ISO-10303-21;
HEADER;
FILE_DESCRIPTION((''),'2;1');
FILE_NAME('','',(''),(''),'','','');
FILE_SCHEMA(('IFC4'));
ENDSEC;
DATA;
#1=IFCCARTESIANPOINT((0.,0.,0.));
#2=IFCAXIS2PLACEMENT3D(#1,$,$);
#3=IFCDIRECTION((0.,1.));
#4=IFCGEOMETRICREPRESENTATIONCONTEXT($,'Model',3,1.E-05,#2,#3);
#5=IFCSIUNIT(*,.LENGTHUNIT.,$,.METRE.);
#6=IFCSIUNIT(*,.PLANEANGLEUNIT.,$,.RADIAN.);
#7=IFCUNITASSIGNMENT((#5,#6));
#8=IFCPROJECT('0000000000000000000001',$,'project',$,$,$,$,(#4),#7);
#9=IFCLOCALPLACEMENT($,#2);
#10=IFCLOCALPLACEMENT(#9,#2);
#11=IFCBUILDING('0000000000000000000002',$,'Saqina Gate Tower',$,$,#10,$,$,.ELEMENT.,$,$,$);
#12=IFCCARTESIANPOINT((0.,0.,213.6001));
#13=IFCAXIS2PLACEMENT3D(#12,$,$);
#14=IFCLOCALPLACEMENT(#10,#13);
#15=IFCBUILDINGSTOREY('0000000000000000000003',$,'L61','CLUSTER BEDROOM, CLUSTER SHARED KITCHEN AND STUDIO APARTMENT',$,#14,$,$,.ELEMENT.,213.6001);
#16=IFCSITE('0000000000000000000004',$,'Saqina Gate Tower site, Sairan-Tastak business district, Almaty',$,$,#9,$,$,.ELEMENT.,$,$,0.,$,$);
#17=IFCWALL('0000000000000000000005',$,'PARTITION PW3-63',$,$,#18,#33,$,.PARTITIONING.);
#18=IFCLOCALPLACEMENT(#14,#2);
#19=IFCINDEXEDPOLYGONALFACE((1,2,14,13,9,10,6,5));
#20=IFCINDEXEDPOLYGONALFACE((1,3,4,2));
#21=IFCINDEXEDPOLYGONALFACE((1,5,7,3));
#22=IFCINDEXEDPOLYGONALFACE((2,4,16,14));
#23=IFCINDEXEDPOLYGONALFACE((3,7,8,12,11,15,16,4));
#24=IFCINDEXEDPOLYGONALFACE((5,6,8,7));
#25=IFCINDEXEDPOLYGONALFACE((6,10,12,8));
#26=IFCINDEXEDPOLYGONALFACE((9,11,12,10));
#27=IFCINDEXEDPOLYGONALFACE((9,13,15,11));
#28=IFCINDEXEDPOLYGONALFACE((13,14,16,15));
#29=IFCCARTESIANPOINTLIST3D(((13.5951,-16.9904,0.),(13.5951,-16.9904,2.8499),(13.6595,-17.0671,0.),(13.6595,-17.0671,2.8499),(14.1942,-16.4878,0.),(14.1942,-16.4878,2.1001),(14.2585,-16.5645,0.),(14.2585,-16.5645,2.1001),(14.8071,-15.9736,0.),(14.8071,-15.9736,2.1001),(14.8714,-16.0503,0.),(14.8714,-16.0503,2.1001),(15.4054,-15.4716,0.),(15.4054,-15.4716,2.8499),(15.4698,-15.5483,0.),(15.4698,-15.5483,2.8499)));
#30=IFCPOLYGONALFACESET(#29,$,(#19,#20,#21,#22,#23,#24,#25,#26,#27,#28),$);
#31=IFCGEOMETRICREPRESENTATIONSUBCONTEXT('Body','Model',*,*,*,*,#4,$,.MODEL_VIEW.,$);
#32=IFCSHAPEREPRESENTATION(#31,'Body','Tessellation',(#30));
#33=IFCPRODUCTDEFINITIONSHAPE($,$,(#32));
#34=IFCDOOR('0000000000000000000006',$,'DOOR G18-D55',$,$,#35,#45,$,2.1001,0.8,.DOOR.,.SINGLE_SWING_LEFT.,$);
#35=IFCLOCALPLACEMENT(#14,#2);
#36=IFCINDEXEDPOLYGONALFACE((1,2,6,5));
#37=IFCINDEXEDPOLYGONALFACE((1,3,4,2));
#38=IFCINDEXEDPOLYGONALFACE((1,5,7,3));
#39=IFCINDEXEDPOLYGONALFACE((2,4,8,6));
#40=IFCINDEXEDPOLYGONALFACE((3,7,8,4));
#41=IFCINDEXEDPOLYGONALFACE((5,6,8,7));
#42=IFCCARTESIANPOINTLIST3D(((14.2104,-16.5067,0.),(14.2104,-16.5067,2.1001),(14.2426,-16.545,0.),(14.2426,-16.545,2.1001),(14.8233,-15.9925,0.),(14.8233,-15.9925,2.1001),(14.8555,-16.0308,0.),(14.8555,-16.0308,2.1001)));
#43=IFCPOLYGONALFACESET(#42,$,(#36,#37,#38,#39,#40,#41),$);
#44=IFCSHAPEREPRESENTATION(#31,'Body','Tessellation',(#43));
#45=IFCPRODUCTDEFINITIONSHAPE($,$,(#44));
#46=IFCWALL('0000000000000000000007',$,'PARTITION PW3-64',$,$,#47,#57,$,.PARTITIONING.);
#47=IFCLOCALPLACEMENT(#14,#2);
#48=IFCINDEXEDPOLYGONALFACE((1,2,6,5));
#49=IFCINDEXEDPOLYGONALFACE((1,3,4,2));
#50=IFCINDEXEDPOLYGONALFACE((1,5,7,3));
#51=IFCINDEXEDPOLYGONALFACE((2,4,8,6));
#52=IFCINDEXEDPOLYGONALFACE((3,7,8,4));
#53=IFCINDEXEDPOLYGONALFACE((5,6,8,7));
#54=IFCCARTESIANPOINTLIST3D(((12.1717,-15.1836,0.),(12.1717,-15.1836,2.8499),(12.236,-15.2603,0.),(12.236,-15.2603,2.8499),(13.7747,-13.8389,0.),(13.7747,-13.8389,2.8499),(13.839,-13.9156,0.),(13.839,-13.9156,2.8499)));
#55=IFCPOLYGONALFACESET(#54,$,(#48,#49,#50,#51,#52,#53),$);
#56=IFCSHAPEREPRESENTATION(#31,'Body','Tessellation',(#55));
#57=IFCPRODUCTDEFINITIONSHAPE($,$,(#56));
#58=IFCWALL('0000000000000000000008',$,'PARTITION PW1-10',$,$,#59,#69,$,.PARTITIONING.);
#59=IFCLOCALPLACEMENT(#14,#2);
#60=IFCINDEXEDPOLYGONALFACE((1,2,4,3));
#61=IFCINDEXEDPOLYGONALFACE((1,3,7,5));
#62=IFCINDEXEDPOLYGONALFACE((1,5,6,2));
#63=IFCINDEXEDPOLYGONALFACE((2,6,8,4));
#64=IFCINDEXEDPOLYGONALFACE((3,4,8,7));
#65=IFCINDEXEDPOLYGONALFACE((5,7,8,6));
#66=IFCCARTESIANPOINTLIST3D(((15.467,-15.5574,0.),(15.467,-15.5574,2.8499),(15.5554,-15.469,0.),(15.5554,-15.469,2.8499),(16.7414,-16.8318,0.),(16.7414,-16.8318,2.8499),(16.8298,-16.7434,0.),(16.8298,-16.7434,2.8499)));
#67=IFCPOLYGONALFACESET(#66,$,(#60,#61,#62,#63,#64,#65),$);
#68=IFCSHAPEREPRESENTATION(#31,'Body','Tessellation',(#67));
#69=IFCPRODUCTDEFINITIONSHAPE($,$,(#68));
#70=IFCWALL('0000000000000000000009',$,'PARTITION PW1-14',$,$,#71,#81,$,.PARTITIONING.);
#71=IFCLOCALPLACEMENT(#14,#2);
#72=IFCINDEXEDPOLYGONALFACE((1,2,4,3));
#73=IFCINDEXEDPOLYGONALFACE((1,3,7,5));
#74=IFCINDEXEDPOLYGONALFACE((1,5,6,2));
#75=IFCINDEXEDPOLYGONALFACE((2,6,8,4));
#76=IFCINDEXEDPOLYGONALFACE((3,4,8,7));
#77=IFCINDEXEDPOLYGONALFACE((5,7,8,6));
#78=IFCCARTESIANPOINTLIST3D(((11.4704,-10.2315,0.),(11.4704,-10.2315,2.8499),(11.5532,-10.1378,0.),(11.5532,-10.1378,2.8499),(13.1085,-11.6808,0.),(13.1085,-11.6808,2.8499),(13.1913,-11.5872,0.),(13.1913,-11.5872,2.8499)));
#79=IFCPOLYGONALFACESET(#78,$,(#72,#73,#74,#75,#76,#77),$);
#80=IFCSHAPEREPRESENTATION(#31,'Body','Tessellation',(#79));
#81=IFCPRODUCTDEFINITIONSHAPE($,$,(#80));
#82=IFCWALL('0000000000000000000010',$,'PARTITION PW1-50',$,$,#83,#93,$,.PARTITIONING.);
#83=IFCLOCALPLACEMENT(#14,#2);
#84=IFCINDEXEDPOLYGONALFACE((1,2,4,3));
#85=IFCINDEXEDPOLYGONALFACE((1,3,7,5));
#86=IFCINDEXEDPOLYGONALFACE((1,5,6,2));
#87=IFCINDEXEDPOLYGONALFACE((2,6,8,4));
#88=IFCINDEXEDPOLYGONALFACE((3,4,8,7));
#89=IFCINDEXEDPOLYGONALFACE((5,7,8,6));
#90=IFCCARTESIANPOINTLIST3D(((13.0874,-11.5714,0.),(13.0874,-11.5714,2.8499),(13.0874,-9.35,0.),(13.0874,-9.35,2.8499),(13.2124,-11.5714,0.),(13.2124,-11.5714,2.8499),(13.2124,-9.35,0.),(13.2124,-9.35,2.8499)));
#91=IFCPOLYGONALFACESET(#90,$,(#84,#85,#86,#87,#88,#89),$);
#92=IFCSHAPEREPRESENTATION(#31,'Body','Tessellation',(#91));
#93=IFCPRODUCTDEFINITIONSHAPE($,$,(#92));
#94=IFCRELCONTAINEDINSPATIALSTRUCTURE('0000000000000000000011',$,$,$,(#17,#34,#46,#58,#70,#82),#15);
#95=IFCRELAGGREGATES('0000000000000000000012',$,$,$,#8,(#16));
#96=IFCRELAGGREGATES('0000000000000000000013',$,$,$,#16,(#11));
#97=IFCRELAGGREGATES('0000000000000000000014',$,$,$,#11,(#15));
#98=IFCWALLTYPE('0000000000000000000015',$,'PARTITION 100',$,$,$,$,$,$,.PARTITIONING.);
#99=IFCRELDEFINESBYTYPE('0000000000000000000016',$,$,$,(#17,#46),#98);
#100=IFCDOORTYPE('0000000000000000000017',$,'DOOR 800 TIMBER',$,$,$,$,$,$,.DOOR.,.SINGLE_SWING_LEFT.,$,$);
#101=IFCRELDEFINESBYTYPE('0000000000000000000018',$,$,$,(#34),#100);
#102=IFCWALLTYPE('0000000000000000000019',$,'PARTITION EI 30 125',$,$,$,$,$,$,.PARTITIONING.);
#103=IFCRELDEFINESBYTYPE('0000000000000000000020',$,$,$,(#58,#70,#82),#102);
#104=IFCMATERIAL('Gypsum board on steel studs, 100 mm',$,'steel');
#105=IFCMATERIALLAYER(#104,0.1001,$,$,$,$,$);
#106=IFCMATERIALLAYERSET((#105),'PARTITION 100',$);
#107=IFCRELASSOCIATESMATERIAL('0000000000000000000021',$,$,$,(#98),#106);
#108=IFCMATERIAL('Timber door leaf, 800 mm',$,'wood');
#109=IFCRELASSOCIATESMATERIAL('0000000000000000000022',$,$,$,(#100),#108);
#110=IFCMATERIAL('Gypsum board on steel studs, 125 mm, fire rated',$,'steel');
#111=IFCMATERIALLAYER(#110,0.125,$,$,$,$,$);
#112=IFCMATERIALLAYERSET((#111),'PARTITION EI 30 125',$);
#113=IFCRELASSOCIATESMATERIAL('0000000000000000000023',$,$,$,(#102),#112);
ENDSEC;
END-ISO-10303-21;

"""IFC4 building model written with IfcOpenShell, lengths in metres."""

from ifc_helpers import new_model, si_unit, direction, frame, frame_2d, origin, place, context, subcontext, project, spatial, rectangle, extrude, material, layer, layer_set, type_object, element, fill, save


model = new_model("IFC4")

# Units and contexts
model_context = context("Model", 3, precision=1e-05, world=origin(), true_north=direction((0.0, 1.0)))
body_context = subcontext(model_context, "Body", "Model", "MODEL_VIEW")
ifc_project = project(units=[si_unit("LENGTHUNIT", "METRE"), si_unit("PLANEANGLEUNIT", "RADIAN")], contexts=[model_context])

# Site, building, storey
site_placement = place(None, origin())
site = spatial("IfcSite", under=ifc_project, at=site_placement, Name="Saqina Gate Tower site, Sairan-Tastak business district, Almaty", CompositionType="ELEMENT", RefElevation=0.0)
building_placement = place(site_placement, origin())
building = spatial("IfcBuilding", under=site, at=building_placement, Name="Saqina Gate Tower", CompositionType="ELEMENT")
storey_placement = place(building_placement, frame((0.0, 0.0, 213.6001)))
storey = spatial("IfcBuildingStorey", under=building, at=storey_placement, Name="L61", Description="CLUSTER BEDROOM, CLUSTER SHARED KITCHEN AND STUDIO APARTMENT", CompositionType="ELEMENT", Elevation=213.6001)

# Shared definitions
ifc_material_1 = material(Name="Gypsum board on steel studs, 100 mm", Category="steel")
ifc_layer_1 = layer(ifc_material_1, 0.1001)
ifc_layer_set_1 = layer_set([ifc_layer_1], Name="PARTITION 100")
wall_type_1 = type_object("IfcWallType", Name="PARTITION 100", PredefinedType="PARTITIONING", material=ifc_layer_set_1)

# Wall, opening, door
wall_1_placement = place(storey_placement, frame((13.6272, -17.0288, 0.0), z_axis=(0.0, 0.0, 1.0), x_axis=(0.766091, 0.642732, 0.0)))
wall_1 = element("IfcWall", 1, at=wall_1_placement, inside=storey, type_object=wall_type_1, Name="PARTITION PW3-63", PredefinedType="PARTITIONING", context=body_context, shape_type="SweptSolid", body=[
    extrude(rectangle(XDim=2.363, YDim=0.1001, at=frame_2d((1.1816, 0.0))), origin(), (0.0, 0.0, 1.0), 2.8499),
])
opening_1_placement = place(wall_1_placement, frame((0.7822, 0.0, 0.0)))
opening_1 = element("IfcOpeningElement", 2, at=opening_1_placement, cuts=wall_1, PredefinedType="OPENING", context=body_context, shape_type="SweptSolid", body=[
    extrude(rectangle(XDim=0.8, YDim=2.1001, at=frame_2d((0.3999, 1.05))), frame((0.0, 0.062, 0.0), z_axis=(0.0, -1.0, 0.0), x_axis=(1.0, 0.0, 0.0)), (0.0, 0.0, 1.0), 0.124),
])
ifc_material_2 = material(Name="Timber door leaf, 800 mm", Category="wood")
door_type = type_object("IfcDoorType", Name="DOOR 800 TIMBER", OperationType="SINGLE_SWING_LEFT", PredefinedType="DOOR", material=ifc_material_2)
door_placement = place(opening_1_placement, frame((0.8, 0.0, 0.0), z_axis=(0.0, 0.0, 1.0), x_axis=(-1.0, 0.0, 0.0)))
door = element("IfcDoor", 3, at=door_placement, inside=storey, type_object=door_type, Name="DOOR G18-D55", OperationType="SINGLE_SWING_LEFT", OverallHeight=2.1001, OverallWidth=0.8, PredefinedType="DOOR", context=body_context, shape_type="SweptSolid", body=[
    extrude(rectangle(XDim=0.8, YDim=2.1001, at=frame_2d((0.3999, 1.05))), frame((0.0, 0.0249, 0.0), z_axis=(0.0, -1.0, 0.0), x_axis=(1.0, 0.0, 0.0)), (0.0, 0.0, 1.0), 0.05),
])
fill(opening_1, door)

# Walls
wall_2_placement = place(storey_placement, frame((12.2039, -15.2219, 0.0), z_axis=(0.0, 0.0, 1.0), x_axis=(0.766132, 0.642683, 0.0)))
element("IfcWall", 4, at=wall_2_placement, inside=storey, type_object=wall_type_1, Name="PARTITION PW3-64", PredefinedType="PARTITIONING", context=body_context, shape_type="SweptSolid", body=[
    extrude(rectangle(XDim=2.0923, YDim=0.1001, at=frame_2d((1.0461, 0.0))), origin(), (0.0, 0.0, 1.0), 2.8499),
])
ifc_material_3 = material(Name="Gypsum board on steel studs, 125 mm, fire rated", Category="steel")
ifc_layer_2 = layer(ifc_material_3, 0.125)
ifc_layer_set_2 = layer_set([ifc_layer_2], Name="PARTITION EI 30 125")
wall_type_2 = type_object("IfcWallType", Name="PARTITION EI 30 125", PredefinedType="PARTITIONING", material=ifc_layer_set_2)
wall_3_placement = place(storey_placement, frame((15.5112, -15.5132, 0.0), z_axis=(0.0, 0.0, 1.0), x_axis=(0.707107, -0.707107, 0.0)))
element("IfcWall", 5, at=wall_3_placement, inside=storey, type_object=wall_type_2, Name="PARTITION PW1-10", PredefinedType="PARTITIONING", context=body_context, shape_type="SweptSolid", body=[
    extrude(rectangle(XDim=1.8022, YDim=0.125, at=frame_2d((0.9011, 0.0))), origin(), (0.0, 0.0, 1.0), 2.8499),
])
wall_4_placement = place(storey_placement, frame((11.5117, -10.1846, 0.0), z_axis=(0.0, 0.0, 1.0), x_axis=(0.748928, -0.662651, 0.0)))
element("IfcWall", 6, at=wall_4_placement, inside=storey, type_object=wall_type_2, Name="PARTITION PW1-14", PredefinedType="PARTITIONING", context=body_context, shape_type="SweptSolid", body=[
    extrude(rectangle(XDim=2.1873, YDim=0.125, at=frame_2d((1.0938, 0.0))), origin(), (0.0, 0.0, 1.0), 2.8499),
])
wall_5_placement = place(storey_placement, frame((13.1499, -11.5715, 0.0), z_axis=(0.0, 0.0, 1.0), x_axis=(0.0, 1.0, 0.0)))
element("IfcWall", 7, at=wall_5_placement, inside=storey, type_object=wall_type_2, Name="PARTITION PW1-50", PredefinedType="PARTITIONING", context=body_context, shape_type="SweptSolid", body=[
    extrude(rectangle(XDim=2.2214, YDim=0.125, at=frame_2d((1.1108, 0.0))), origin(), (0.0, 0.0, 1.0), 2.8499),
])

save(model, "model.ifc")
